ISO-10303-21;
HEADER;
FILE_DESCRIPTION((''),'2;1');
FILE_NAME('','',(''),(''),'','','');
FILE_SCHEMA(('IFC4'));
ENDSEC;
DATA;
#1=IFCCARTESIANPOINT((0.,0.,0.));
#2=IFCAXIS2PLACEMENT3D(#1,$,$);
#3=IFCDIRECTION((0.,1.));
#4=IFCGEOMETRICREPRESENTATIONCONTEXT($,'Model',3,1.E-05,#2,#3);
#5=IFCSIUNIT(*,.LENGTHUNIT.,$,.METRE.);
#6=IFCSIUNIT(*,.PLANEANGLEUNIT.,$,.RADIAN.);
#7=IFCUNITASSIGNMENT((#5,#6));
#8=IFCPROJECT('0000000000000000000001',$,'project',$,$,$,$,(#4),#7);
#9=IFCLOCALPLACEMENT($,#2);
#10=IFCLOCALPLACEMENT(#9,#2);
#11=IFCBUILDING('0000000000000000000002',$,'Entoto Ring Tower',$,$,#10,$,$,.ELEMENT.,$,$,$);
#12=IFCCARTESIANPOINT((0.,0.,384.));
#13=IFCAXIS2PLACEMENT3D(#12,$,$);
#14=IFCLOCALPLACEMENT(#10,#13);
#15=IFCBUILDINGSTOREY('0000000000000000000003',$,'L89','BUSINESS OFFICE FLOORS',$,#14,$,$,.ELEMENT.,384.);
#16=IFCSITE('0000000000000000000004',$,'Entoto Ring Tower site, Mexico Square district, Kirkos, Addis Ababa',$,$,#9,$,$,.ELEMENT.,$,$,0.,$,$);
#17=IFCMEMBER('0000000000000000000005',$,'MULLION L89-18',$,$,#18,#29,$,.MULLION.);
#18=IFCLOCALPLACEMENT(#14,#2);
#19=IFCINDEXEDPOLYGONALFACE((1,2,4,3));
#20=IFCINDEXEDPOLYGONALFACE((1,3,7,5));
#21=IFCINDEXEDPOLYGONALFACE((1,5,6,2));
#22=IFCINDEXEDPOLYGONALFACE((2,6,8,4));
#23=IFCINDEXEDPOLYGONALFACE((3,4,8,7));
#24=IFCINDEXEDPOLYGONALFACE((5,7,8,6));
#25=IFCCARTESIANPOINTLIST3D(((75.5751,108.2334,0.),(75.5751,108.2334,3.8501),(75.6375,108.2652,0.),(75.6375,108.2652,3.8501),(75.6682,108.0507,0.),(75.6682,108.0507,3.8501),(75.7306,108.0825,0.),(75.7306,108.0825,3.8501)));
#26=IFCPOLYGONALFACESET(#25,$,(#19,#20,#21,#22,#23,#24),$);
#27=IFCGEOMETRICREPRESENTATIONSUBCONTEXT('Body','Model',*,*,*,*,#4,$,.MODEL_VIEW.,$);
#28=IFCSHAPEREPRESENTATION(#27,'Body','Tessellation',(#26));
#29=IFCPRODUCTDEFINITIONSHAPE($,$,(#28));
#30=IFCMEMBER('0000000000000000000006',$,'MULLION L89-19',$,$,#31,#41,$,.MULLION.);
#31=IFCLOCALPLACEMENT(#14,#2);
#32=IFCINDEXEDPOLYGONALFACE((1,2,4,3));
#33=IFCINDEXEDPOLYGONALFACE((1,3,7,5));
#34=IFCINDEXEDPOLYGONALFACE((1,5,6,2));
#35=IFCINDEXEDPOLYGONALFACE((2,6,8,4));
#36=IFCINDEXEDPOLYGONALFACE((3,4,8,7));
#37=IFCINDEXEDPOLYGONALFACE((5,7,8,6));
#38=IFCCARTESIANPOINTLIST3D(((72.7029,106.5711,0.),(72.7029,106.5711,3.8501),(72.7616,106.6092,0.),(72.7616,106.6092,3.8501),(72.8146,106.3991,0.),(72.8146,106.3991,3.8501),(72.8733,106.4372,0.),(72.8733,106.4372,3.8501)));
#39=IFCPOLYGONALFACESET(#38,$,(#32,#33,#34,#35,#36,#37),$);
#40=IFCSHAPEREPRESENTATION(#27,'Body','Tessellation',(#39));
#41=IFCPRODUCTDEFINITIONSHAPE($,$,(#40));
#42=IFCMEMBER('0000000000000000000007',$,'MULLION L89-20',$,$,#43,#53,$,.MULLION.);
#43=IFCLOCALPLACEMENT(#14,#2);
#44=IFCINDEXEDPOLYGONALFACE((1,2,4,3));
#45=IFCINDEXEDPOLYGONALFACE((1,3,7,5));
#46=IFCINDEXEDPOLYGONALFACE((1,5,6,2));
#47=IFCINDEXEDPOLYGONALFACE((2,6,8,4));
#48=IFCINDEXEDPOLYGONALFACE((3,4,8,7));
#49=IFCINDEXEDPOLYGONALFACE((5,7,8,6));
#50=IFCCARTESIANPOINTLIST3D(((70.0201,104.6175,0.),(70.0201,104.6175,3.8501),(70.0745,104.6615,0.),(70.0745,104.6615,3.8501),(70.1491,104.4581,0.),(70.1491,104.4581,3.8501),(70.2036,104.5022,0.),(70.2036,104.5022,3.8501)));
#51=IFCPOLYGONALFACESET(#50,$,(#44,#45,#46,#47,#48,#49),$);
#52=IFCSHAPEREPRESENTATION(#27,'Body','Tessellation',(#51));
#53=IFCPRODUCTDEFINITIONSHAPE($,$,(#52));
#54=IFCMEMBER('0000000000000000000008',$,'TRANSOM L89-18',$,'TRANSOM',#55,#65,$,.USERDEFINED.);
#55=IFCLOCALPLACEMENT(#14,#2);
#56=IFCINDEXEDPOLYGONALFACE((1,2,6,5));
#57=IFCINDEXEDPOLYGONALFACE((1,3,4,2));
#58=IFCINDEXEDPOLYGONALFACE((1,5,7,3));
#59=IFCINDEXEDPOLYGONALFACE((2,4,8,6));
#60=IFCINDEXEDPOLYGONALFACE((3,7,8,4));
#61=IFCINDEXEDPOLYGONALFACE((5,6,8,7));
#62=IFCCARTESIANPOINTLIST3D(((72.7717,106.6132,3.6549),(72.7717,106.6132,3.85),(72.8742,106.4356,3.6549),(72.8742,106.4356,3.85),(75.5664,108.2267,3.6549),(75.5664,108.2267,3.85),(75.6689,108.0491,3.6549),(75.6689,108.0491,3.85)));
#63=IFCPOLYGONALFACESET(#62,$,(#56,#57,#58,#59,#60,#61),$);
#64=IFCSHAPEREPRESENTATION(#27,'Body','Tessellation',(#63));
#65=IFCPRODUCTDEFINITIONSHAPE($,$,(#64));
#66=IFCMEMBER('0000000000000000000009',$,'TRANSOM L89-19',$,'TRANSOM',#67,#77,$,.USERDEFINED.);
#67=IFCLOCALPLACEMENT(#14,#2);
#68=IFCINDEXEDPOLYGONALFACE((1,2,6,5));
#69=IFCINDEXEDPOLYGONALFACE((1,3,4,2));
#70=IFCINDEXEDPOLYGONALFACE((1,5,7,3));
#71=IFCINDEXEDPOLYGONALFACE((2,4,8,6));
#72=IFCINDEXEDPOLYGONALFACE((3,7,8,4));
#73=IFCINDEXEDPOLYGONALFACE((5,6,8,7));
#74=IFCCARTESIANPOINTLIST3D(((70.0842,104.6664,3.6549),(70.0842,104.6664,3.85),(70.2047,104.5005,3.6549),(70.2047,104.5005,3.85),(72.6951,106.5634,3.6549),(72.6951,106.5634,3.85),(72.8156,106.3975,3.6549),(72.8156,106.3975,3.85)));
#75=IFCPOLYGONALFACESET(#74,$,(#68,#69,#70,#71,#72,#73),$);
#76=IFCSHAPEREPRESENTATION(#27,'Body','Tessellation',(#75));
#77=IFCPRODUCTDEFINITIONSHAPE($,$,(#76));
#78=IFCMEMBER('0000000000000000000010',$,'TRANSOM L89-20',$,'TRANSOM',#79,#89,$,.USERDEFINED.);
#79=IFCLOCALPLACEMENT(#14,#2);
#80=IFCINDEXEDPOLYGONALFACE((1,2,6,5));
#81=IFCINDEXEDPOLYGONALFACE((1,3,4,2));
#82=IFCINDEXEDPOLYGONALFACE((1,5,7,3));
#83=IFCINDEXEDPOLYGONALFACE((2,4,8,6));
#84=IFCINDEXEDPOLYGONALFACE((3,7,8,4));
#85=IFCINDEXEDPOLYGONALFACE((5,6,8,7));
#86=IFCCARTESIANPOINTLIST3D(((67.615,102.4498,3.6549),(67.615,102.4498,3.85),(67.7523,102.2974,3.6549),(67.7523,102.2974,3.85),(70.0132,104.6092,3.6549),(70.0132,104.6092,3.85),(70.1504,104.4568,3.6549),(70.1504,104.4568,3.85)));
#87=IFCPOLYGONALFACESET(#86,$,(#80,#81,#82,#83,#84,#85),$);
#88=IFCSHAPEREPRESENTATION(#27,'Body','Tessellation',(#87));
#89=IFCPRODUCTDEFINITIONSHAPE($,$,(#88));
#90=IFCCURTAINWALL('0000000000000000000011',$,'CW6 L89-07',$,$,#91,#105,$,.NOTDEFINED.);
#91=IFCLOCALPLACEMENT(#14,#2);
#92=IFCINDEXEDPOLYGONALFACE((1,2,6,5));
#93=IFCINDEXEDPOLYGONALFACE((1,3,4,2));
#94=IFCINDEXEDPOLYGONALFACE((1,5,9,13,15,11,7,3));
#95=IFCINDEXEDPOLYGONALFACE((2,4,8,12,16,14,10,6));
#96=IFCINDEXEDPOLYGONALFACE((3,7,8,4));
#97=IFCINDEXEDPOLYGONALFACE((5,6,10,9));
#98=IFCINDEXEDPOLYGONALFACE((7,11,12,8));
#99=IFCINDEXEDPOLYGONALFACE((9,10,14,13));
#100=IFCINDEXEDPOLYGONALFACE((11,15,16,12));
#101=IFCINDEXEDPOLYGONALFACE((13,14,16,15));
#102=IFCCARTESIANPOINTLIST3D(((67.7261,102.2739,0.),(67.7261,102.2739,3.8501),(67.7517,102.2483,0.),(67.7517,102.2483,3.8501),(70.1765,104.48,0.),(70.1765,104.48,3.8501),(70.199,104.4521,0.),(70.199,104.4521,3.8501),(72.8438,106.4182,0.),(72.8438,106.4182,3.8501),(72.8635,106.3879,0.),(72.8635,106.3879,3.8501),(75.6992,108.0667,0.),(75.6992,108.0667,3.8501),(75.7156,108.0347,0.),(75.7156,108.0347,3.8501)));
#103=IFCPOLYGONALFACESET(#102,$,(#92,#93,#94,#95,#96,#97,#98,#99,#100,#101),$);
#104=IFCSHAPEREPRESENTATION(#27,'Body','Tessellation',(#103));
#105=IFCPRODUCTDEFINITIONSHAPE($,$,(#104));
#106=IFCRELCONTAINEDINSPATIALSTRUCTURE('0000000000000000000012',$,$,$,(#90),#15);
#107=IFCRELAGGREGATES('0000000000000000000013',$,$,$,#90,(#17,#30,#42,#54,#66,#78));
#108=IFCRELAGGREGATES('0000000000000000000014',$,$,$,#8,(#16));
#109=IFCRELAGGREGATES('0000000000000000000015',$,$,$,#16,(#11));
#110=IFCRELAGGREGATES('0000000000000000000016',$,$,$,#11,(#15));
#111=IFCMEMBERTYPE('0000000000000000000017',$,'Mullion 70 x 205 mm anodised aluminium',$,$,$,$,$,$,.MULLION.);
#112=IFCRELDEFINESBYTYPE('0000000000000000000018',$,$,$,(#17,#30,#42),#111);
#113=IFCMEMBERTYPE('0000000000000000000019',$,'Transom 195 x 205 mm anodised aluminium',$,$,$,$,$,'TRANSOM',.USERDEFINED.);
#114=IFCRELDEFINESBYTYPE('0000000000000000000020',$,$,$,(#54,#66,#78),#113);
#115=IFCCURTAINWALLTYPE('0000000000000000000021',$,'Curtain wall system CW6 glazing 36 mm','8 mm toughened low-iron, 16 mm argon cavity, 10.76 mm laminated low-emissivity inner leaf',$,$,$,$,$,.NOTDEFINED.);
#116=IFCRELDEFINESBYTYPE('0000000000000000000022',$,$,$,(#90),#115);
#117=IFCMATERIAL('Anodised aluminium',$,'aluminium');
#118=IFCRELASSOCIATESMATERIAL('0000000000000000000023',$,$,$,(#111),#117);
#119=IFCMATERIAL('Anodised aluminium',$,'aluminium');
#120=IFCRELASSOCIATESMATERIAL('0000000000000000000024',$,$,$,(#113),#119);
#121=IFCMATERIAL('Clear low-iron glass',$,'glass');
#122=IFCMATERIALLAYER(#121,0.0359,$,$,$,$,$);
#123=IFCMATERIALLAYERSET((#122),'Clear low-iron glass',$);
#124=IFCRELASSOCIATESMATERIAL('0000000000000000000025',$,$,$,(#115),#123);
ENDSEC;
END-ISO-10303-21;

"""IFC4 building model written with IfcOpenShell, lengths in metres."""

from ifc_helpers import new_model, si_unit, direction, frame, origin, origin_2d, place, context, subcontext, project, spatial, polyline, rectangle, outline, extrude, material, layer, layer_set, material_profile, profile_set, type_object, element, aggregate, save


model = new_model("IFC4")

# Units and contexts
model_context = context("Model", 3, precision=1e-05, world=origin(), true_north=direction((0.0, 1.0)))
body_context = subcontext(model_context, "Body", "Model", "MODEL_VIEW")
ifc_project = project(units=[si_unit("LENGTHUNIT", "METRE"), si_unit("PLANEANGLEUNIT", "RADIAN")], contexts=[model_context])

# Members
ifc_material_1 = material(Name="Anodised aluminium", Category="aluminium")
ifc_material_profile_1 = material_profile(ifc_material_1, rectangle(XDim=0.0701, YDim=0.2051, at=origin_2d()), Name="Mullion 70 x 205 mm anodised aluminium")
ifc_profile_set_1 = profile_set([ifc_material_profile_1], Name="Anodised aluminium")
member_type_1 = type_object("IfcMemberType", Name="Mullion 70 x 205 mm anodised aluminium", PredefinedType="MULLION", material=ifc_profile_set_1)
site_placement = place(None, origin())
building_placement = place(site_placement, origin())
storey_placement = place(building_placement, frame((0.0, 0.0, 384.0)))
member_1_placement = place(storey_placement, frame((75.6528, 108.158, 0.0), z_axis=(0.0, 0.0, 1.0), x_axis=(-0.891007, -0.45399, 0.0)))
member_1 = element("IfcMember", 1, at=member_1_placement, type_object=member_type_1, Name="MULLION L89-18", PredefinedType="MULLION", context=body_context, shape_type="SweptSolid", body=[
    extrude(rectangle(XDim=0.0701, YDim=0.2051, at=origin_2d()), origin(), (0.0, 0.0, 1.0), 3.8501),
])
member_2_placement = place(storey_placement, frame((72.7881, 106.5042, 0.0), z_axis=(0.0, 0.0, 1.0), x_axis=(-0.838671, -0.544639, 0.0)))
member_2 = element("IfcMember", 2, at=member_2_placement, type_object=member_type_1, Name="MULLION L89-19", PredefinedType="MULLION", context=body_context, shape_type="SweptSolid", body=[
    extrude(rectangle(XDim=0.0701, YDim=0.2051, at=origin_2d()), origin(), (0.0, 0.0, 1.0), 3.8501),
])
member_3_placement = place(storey_placement, frame((70.1118, 104.5598, 0.0), z_axis=(0.0, 0.0, 1.0), x_axis=(-0.777146, -0.62932, 0.0)))
member_3 = element("IfcMember", 3, at=member_3_placement, type_object=member_type_1, Name="MULLION L89-20", PredefinedType="MULLION", context=body_context, shape_type="SweptSolid", body=[
    extrude(rectangle(XDim=0.0701, YDim=0.2051, at=origin_2d()), origin(), (0.0, 0.0, 1.0), 3.8501),
])
ifc_material_2 = material(Name="Anodised aluminium", Category="aluminium")
ifc_material_profile_2 = material_profile(ifc_material_2, rectangle(XDim=0.2051, YDim=0.1951, at=origin_2d()), Name="Transom 195 x 205 mm anodised aluminium")
ifc_profile_set_2 = profile_set([ifc_material_profile_2], Name="Anodised aluminium")
member_type_2 = type_object("IfcMemberType", Name="Transom 195 x 205 mm anodised aluminium", ElementType="TRANSOM", PredefinedType="USERDEFINED", material=ifc_profile_set_2)
member_4_placement = place(storey_placement, frame((75.6177, 108.1379, 3.7524), z_axis=(-0.866023, -0.500004, 0.0), x_axis=(0.500004, -0.866023, 0.0)))
member_4 = element("IfcMember", 4, at=member_4_placement, type_object=member_type_2, Name="TRANSOM L89-18", ObjectType="TRANSOM", PredefinedType="USERDEFINED", context=body_context, shape_type="SweptSolid", body=[
    extrude(rectangle(XDim=0.2051, YDim=0.1951, at=origin_2d()), origin(), (0.0, 0.0, 1.0), 3.2271),
])
member_5_placement = place(storey_placement, frame((72.7554, 106.4805, 3.7524), z_axis=(-0.809004, -0.587803, 0.0), x_axis=(0.587803, -0.809004, 0.0)))
member_5 = element("IfcMember", 5, at=member_5_placement, type_object=member_type_2, Name="TRANSOM L89-19", ObjectType="TRANSOM", PredefinedType="USERDEFINED", context=body_context, shape_type="SweptSolid", body=[
    extrude(rectangle(XDim=0.2051, YDim=0.1951, at=origin_2d()), origin(), (0.0, 0.0, 1.0), 3.2273),
])
member_6_placement = place(storey_placement, frame((70.0818, 104.533, 3.7524), z_axis=(-0.743132, -0.669144, 0.0), x_axis=(0.669144, -0.743132, 0.0)))
member_6 = element("IfcMember", 6, at=member_6_placement, type_object=member_type_2, Name="TRANSOM L89-20", ObjectType="TRANSOM", PredefinedType="USERDEFINED", context=body_context, shape_type="SweptSolid", body=[
    extrude(rectangle(XDim=0.2051, YDim=0.1951, at=origin_2d()), origin(), (0.0, 0.0, 1.0), 3.2271),
])

# Site, building, storey
site = spatial("IfcSite", under=ifc_project, at=site_placement, Name="Entoto Ring Tower site, Mexico Square district, Kirkos, Addis Ababa", CompositionType="ELEMENT", RefElevation=0.0)
building = spatial("IfcBuilding", under=site, at=building_placement, Name="Entoto Ring Tower", CompositionType="ELEMENT")
storey = spatial("IfcBuildingStorey", under=building, at=storey_placement, Name="L89", Description="BUSINESS OFFICE FLOORS", CompositionType="ELEMENT", Elevation=384.0)

# Curtain wall
ifc_material_3 = material(Name="Clear low-iron glass", Category="glass")
ifc_layer = layer(ifc_material_3, 0.0359)
ifc_layer_set = layer_set([ifc_layer], Name="Clear low-iron glass")
curtain_wall_type = type_object("IfcCurtainWallType", Name="Curtain wall system CW6 glazing 36 mm", Description="8 mm toughened low-iron, 16 mm argon cavity, 10.76 mm laminated low-emissivity inner leaf", PredefinedType="NOTDEFINED", material=ifc_layer_set)
curtain_wall_1_placement = place(storey_placement, origin())
curtain_wall_1 = element("IfcCurtainWall", 7, at=curtain_wall_1_placement, inside=storey, type_object=curtain_wall_type, Name="CW6 L89-07", PredefinedType="NOTDEFINED", context=body_context, shape_type="SweptSolid", body=[
    extrude(outline(polyline([(75.6992, 108.0667), (72.8438, 106.4182), (70.1765, 104.48), (67.7261, 102.2739), (67.7517, 102.2483), (70.199, 104.4521), (72.8635, 106.3879), (75.7156, 108.0347), (75.6992, 108.0667)])), origin(), (0.0, 0.0, 1.0), 3.8501),
])
aggregate(curtain_wall_1, [member_1, member_2, member_3, member_4, member_5, member_6])

save(model, "model.ifc")
